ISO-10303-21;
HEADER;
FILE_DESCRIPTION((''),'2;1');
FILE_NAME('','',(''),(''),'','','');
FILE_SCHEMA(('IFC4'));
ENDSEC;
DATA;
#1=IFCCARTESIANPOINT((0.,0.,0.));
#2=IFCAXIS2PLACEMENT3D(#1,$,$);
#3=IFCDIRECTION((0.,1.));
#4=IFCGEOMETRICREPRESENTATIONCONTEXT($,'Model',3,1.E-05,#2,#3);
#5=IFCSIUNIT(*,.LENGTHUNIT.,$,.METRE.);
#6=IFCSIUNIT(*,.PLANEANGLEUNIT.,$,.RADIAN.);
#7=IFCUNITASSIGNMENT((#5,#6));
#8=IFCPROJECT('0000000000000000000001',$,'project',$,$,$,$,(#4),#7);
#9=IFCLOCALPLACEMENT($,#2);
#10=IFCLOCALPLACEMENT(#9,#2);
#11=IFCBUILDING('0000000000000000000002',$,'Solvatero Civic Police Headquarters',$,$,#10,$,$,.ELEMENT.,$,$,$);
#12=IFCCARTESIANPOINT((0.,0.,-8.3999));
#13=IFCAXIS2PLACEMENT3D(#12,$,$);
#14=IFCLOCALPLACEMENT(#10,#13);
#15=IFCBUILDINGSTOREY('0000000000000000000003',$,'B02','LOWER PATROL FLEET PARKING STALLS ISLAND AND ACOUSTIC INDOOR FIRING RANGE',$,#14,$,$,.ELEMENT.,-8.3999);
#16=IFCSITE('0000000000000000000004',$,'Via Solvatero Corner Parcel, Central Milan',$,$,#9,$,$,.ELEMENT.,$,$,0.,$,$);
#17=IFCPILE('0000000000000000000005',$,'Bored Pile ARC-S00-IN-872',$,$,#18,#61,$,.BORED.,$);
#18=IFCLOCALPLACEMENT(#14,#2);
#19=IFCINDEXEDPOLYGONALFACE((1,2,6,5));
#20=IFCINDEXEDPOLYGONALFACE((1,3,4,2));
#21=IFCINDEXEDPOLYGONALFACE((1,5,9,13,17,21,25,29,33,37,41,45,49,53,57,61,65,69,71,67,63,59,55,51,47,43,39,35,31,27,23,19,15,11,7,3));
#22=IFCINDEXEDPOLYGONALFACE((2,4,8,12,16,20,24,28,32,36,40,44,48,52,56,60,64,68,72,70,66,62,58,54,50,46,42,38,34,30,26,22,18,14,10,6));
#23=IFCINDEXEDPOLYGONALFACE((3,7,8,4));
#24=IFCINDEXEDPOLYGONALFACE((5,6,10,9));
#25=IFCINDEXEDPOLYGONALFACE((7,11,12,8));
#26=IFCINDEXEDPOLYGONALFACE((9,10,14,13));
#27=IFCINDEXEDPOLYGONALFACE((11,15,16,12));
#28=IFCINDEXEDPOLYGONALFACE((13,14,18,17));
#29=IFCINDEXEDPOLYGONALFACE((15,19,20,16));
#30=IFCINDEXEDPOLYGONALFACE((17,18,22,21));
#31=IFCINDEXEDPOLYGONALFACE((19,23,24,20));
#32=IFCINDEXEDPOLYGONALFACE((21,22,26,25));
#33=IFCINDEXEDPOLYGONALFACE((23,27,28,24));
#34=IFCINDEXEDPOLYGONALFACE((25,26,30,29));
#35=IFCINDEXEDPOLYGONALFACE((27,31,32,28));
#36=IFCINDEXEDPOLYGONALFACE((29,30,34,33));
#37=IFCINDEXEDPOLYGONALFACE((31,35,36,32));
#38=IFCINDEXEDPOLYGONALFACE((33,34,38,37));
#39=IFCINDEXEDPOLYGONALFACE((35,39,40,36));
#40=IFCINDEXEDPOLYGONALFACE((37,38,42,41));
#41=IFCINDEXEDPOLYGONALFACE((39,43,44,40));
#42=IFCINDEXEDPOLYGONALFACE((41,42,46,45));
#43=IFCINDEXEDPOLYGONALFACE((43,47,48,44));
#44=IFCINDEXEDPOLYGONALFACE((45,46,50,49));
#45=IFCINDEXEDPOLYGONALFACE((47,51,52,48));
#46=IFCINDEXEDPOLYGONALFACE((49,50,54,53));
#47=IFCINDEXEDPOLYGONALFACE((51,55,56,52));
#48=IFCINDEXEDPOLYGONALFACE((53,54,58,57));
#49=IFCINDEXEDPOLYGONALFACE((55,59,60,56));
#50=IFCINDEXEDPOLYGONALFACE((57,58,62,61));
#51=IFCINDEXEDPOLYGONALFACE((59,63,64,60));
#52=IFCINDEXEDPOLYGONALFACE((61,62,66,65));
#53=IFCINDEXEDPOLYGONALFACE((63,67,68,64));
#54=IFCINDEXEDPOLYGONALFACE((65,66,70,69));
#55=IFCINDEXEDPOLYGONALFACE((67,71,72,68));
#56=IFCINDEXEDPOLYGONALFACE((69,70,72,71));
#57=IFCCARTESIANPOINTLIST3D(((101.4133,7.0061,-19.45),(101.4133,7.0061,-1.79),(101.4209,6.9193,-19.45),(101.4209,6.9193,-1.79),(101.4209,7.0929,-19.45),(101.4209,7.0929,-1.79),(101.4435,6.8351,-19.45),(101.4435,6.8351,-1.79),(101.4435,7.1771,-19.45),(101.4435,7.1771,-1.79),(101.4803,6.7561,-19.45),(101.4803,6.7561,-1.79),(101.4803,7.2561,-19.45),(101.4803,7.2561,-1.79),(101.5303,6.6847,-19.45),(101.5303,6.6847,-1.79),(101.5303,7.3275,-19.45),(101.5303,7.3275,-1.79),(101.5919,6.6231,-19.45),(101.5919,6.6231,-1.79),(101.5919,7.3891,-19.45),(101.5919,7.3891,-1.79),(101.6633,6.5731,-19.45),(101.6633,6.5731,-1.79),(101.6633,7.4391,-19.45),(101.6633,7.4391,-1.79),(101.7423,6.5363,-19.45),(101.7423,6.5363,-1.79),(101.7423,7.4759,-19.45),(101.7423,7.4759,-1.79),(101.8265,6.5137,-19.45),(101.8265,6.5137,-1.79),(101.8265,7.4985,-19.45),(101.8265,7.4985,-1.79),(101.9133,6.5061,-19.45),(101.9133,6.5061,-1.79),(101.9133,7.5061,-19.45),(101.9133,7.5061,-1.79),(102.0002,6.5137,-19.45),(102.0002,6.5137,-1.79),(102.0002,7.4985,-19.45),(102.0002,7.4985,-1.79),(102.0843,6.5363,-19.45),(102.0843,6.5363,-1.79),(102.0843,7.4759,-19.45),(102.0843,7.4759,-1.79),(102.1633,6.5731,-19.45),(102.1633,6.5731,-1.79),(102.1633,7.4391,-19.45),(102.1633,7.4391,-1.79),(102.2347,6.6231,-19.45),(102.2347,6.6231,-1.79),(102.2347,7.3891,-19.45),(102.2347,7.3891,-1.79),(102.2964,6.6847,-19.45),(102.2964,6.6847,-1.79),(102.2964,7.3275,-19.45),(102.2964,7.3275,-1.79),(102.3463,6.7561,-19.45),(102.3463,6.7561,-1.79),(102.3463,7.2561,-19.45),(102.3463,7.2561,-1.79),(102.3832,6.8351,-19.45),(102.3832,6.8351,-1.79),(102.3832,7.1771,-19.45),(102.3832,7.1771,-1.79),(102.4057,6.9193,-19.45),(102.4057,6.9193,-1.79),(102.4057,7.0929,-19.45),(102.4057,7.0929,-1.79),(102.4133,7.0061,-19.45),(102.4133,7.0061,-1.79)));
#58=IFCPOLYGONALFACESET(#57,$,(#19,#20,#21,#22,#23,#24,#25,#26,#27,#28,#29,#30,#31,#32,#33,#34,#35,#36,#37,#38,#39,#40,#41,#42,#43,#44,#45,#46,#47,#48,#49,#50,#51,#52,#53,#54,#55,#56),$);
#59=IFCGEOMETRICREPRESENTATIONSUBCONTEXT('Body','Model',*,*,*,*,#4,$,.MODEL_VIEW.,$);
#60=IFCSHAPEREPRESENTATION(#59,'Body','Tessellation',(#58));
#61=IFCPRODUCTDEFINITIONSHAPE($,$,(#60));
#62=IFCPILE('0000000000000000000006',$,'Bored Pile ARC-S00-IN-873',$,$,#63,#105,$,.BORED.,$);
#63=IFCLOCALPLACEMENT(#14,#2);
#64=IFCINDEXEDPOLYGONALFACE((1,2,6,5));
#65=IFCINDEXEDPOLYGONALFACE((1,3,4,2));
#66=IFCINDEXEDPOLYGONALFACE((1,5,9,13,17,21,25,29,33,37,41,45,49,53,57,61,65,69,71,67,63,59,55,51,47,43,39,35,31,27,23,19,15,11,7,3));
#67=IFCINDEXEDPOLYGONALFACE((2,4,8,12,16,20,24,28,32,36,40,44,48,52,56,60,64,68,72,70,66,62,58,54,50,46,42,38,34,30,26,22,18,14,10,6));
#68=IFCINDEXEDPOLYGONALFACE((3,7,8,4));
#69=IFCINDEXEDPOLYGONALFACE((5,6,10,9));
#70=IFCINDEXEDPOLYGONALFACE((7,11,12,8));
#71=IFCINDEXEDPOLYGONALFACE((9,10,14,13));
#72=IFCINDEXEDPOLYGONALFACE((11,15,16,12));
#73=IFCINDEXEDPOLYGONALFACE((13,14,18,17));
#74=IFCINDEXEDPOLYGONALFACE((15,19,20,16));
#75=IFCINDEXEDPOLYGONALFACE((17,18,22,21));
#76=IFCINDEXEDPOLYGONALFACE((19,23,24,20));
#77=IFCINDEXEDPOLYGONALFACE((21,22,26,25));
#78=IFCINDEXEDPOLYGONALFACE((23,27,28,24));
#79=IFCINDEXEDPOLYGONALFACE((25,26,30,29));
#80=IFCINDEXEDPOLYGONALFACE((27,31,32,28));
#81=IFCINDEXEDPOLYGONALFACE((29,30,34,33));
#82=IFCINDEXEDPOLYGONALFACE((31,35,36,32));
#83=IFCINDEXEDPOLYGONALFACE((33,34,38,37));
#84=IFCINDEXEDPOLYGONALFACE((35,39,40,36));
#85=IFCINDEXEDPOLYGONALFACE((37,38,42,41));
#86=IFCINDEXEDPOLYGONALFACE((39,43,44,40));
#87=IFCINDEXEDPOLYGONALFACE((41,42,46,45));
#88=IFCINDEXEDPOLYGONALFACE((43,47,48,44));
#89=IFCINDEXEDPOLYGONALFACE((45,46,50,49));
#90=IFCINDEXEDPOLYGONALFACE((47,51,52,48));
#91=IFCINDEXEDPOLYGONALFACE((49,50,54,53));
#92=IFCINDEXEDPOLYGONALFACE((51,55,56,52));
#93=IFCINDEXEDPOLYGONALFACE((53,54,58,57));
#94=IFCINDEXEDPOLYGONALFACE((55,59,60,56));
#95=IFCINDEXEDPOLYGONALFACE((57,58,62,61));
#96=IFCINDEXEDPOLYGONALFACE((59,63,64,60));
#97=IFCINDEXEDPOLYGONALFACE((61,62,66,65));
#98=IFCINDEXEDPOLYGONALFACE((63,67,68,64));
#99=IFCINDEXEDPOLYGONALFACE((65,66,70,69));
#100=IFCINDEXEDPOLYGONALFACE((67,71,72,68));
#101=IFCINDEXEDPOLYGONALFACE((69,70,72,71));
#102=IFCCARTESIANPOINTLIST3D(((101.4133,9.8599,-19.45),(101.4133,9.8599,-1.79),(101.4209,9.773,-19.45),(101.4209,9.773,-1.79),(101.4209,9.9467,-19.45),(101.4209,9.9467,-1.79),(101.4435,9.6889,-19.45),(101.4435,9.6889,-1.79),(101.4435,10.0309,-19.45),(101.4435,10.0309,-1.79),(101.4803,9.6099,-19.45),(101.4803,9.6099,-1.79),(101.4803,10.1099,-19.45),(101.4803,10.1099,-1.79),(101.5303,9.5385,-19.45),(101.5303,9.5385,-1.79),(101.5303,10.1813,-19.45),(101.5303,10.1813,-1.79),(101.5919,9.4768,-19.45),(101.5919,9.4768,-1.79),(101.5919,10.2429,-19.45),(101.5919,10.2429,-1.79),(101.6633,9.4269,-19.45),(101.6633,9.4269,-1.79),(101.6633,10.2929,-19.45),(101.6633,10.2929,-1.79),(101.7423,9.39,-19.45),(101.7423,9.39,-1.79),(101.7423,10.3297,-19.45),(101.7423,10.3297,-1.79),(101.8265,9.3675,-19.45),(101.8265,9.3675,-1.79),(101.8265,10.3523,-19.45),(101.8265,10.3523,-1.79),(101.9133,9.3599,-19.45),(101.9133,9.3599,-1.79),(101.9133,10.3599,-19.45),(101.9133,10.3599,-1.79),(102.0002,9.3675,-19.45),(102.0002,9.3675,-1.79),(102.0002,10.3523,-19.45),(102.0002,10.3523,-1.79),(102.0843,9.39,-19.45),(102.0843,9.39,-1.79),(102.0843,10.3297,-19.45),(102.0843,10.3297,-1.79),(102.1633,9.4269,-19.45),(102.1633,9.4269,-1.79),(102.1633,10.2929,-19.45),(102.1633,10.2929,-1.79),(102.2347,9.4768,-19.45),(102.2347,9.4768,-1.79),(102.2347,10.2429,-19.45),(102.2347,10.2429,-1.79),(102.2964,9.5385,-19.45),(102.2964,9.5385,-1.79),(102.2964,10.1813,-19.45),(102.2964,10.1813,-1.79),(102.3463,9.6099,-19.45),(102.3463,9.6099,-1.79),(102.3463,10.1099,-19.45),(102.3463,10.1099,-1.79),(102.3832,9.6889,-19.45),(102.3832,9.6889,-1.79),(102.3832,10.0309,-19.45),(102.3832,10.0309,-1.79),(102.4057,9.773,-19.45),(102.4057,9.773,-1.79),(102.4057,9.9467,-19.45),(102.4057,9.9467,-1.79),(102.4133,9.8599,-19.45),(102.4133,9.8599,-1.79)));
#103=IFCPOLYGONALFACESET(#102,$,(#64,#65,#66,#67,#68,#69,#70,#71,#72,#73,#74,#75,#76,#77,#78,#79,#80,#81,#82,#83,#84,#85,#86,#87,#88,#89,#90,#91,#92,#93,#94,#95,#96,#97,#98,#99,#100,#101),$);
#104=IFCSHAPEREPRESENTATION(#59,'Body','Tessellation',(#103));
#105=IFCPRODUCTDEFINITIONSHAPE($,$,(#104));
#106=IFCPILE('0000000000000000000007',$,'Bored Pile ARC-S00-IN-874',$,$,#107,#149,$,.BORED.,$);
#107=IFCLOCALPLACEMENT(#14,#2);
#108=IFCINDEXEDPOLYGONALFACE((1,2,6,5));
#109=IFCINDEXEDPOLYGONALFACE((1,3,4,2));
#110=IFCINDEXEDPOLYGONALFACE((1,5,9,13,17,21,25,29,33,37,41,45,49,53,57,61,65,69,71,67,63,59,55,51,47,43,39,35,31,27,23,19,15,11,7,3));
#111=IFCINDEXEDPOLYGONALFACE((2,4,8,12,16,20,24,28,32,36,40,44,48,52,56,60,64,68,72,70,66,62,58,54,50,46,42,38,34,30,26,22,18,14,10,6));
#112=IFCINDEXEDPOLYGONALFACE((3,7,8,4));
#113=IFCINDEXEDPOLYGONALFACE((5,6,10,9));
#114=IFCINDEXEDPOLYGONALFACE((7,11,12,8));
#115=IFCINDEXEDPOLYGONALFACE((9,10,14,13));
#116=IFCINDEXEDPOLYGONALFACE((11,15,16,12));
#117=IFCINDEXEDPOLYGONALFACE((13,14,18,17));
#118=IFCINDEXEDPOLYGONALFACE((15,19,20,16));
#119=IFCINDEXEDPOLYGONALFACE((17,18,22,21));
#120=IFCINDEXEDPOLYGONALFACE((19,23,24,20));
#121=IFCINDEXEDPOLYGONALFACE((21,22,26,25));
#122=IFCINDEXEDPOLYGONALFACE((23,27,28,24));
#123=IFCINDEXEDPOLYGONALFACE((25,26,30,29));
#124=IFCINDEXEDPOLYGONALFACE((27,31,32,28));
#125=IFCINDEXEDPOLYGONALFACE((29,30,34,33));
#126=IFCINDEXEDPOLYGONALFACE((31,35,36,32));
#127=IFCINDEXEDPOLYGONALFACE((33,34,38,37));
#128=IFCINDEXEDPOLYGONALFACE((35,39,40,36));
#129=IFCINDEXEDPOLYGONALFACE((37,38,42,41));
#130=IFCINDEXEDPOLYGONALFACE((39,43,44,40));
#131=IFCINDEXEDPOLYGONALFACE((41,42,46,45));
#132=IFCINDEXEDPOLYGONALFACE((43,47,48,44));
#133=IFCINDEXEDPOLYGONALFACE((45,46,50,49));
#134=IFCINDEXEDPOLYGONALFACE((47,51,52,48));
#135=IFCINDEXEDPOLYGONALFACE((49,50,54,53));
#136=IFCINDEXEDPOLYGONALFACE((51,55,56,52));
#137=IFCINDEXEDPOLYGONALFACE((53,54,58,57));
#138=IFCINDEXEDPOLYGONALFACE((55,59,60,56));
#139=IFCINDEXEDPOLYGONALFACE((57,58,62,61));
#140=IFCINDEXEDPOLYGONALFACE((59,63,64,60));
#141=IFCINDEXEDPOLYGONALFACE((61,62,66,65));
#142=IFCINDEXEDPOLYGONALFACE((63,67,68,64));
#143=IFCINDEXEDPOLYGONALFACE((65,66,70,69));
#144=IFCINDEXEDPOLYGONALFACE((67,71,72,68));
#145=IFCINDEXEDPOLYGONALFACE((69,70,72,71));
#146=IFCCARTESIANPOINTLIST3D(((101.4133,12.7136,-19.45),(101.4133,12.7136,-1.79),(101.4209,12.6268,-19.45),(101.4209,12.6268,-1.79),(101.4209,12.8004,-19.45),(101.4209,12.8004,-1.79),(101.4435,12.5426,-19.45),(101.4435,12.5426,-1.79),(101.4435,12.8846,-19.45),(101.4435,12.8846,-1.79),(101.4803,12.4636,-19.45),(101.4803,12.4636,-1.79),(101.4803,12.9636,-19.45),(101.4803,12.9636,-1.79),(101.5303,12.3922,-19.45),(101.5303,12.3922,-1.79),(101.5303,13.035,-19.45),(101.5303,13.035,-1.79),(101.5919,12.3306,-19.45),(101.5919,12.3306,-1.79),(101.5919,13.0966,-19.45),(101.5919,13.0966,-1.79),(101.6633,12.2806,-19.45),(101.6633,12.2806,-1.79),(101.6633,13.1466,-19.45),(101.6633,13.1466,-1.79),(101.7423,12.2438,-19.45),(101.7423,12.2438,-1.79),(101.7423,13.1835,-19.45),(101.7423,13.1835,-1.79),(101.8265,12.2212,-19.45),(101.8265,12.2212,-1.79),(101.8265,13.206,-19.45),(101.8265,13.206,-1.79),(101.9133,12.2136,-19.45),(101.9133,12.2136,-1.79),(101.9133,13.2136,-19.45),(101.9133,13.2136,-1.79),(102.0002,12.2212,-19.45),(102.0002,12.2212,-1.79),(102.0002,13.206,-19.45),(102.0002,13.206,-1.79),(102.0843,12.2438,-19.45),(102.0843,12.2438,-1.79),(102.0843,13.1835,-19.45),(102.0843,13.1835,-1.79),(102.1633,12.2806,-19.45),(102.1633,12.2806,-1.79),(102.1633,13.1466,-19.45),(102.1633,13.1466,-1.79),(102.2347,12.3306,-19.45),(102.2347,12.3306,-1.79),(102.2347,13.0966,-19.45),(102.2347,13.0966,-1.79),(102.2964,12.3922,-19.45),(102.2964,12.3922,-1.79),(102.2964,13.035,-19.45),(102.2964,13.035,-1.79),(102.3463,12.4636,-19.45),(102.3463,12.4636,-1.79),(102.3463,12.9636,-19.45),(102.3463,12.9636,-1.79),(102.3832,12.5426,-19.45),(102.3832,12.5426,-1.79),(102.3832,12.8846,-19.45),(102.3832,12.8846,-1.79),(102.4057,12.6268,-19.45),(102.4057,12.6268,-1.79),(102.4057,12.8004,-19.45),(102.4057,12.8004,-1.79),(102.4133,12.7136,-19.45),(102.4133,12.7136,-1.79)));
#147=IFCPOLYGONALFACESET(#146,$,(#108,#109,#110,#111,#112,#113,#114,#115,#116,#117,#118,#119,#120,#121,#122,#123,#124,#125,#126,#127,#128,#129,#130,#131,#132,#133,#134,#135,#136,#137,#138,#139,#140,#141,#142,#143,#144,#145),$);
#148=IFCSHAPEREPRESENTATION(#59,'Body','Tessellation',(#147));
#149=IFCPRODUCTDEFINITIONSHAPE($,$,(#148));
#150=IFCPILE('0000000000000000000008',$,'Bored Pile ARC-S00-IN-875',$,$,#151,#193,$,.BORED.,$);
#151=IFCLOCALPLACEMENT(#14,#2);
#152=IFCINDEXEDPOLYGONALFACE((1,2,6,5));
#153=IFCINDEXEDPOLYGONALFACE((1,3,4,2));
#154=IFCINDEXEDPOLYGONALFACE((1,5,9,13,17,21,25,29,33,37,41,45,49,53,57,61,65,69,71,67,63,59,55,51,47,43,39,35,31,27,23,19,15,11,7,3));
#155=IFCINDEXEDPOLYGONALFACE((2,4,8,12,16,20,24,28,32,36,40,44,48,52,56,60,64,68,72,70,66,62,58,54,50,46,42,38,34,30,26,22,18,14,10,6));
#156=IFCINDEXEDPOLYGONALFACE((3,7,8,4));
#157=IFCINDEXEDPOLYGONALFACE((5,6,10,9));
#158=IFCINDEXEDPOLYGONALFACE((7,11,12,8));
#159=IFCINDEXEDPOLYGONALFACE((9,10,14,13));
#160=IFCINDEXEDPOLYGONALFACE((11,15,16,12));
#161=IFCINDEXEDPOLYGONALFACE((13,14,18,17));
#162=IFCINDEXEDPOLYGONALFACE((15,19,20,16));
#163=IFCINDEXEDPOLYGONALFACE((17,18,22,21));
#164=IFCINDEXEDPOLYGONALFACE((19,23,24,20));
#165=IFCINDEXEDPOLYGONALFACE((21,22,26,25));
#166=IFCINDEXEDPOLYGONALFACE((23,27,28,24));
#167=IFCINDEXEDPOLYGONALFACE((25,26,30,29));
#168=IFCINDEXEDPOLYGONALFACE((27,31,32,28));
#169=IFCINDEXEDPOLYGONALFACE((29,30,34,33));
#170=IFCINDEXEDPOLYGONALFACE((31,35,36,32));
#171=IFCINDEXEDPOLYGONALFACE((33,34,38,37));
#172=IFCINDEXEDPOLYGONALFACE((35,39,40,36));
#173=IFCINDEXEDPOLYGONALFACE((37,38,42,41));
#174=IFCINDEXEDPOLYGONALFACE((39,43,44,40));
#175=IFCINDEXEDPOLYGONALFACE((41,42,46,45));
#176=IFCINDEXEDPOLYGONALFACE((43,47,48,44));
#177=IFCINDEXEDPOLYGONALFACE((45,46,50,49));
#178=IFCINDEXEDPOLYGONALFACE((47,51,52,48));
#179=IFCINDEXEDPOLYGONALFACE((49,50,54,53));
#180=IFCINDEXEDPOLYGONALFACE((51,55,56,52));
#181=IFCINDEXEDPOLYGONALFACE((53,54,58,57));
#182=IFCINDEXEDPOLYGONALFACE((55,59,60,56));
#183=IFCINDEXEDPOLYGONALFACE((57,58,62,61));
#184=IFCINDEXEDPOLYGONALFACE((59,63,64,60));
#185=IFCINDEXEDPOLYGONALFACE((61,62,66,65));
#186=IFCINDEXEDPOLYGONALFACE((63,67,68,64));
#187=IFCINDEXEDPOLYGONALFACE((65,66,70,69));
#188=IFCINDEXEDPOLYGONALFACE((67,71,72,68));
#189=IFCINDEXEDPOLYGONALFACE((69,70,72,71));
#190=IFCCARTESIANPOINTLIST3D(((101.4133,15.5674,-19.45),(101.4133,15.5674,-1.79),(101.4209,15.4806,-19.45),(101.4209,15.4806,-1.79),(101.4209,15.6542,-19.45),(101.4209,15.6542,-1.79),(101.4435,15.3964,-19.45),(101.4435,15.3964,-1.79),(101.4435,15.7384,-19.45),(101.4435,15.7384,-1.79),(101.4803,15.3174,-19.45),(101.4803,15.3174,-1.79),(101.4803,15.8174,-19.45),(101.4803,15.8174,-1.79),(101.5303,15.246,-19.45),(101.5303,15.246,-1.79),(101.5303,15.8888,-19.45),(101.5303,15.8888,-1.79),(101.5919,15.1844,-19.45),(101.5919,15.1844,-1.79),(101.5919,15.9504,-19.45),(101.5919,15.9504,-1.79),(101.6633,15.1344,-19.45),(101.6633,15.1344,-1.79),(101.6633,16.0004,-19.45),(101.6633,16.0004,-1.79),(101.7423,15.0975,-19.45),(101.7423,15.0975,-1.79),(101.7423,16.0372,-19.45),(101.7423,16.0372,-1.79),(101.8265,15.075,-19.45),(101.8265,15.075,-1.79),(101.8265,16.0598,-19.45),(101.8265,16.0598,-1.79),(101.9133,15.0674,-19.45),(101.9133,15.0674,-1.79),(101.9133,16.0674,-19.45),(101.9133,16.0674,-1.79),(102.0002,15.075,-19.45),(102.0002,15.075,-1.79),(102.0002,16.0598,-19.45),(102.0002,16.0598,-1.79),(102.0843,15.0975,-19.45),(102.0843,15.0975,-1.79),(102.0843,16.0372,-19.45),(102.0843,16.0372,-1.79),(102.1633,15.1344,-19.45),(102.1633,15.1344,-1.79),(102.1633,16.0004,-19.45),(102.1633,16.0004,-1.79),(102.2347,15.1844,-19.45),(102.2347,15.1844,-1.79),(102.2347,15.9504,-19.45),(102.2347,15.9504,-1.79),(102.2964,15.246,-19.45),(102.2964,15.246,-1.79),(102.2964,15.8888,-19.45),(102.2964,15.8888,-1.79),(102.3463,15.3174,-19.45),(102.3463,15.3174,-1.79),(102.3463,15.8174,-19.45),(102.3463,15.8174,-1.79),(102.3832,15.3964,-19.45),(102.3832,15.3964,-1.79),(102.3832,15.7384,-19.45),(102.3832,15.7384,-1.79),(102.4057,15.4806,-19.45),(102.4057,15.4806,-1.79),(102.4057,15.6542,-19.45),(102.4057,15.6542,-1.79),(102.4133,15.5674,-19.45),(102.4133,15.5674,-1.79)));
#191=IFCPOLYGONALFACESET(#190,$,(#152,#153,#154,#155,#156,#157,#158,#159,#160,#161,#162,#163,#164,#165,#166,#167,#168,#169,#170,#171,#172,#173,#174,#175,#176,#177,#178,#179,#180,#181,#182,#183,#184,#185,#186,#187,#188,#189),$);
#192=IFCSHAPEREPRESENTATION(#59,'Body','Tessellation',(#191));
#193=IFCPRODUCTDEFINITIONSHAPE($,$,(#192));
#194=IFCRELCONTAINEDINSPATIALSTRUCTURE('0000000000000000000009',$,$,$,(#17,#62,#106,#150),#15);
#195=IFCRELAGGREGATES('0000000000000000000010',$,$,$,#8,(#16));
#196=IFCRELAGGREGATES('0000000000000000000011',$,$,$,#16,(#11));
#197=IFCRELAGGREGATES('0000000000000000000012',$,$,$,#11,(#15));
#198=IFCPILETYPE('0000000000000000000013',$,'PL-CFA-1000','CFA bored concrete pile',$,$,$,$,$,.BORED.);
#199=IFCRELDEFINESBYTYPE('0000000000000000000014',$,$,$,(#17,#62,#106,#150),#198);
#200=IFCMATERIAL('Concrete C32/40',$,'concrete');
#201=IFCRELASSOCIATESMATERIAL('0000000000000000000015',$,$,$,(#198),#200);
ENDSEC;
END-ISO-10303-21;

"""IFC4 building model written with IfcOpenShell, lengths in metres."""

from ifc_helpers import new_model, si_unit, direction, frame, origin, origin_2d, place, context, subcontext, project, spatial, circle, extrude, material, material_profile, profile_set, type_object, element, save


model = new_model("IFC4")

# Units and contexts
model_context = context("Model", 3, precision=1e-05, world=origin(), true_north=direction((0.0, 1.0)))
body_context = subcontext(model_context, "Body", "Model", "MODEL_VIEW")
ifc_project = project(units=[si_unit("LENGTHUNIT", "METRE"), si_unit("PLANEANGLEUNIT", "RADIAN")], contexts=[model_context])

# Site, building, storey
site_placement = place(None, origin())
site = spatial("IfcSite", under=ifc_project, at=site_placement, Name="Via Solvatero Corner Parcel, Central Milan", CompositionType="ELEMENT", RefElevation=0.0)
building_placement = place(site_placement, origin())
building = spatial("IfcBuilding", under=site, at=building_placement, Name="Solvatero Civic Police Headquarters", CompositionType="ELEMENT")
storey_placement = place(building_placement, frame((0.0, 0.0, -8.3999)))
storey = spatial("IfcBuildingStorey", under=building, at=storey_placement, Name="B02", Description="LOWER PATROL FLEET PARKING STALLS ISLAND AND ACOUSTIC INDOOR FIRING RANGE", CompositionType="ELEMENT", Elevation=-8.3999)

# Piles
ifc_material_1 = material(Name="Concrete C32/40", Category="concrete")
ifc_material_profile_1 = material_profile(ifc_material_1, circle(Radius=0.5, at=origin_2d()), Name="CFA PILE D1000")
ifc_profile_set_1 = profile_set([ifc_material_profile_1], Name="Concrete C32/40")
pile_type = type_object("IfcPileType", Name="PL-CFA-1000", Description="CFA bored concrete pile", PredefinedType="BORED", material=ifc_profile_set_1)
for number, where, z_axis, x_axis, name in (
    (1, (101.9133, 7.0061, -1.79), (0.0, 0.0, -1.0), (1.0, 0.0, 0.0), "Bored Pile ARC-S00-IN-872"),
    (2, (101.9133, 9.8599, -1.79), (0.0, 0.0, -1.0), (1.0, 0.0, 0.0), "Bored Pile ARC-S00-IN-873"),
    (3, (101.9133, 12.7136, -1.79), (0.0, 0.0, -1.0), (1.0, 0.0, 0.0), "Bored Pile ARC-S00-IN-874"),
    (4, (101.9133, 15.5674, -1.79), (0.0, 0.0, -1.0), (1.0, 0.0, 0.0), "Bored Pile ARC-S00-IN-875"),
):
    element("IfcPile", number, at=place(storey_placement, frame(where, z_axis=z_axis, x_axis=x_axis)), inside=storey, type_object=pile_type, Name=name, PredefinedType="BORED", context=body_context, shape_type="SweptSolid", body=[
        extrude(circle(Radius=0.5, at=origin_2d()), origin(), (0.0, 0.0, 1.0), 17.6599),
    ])

save(model, "model.ifc")
